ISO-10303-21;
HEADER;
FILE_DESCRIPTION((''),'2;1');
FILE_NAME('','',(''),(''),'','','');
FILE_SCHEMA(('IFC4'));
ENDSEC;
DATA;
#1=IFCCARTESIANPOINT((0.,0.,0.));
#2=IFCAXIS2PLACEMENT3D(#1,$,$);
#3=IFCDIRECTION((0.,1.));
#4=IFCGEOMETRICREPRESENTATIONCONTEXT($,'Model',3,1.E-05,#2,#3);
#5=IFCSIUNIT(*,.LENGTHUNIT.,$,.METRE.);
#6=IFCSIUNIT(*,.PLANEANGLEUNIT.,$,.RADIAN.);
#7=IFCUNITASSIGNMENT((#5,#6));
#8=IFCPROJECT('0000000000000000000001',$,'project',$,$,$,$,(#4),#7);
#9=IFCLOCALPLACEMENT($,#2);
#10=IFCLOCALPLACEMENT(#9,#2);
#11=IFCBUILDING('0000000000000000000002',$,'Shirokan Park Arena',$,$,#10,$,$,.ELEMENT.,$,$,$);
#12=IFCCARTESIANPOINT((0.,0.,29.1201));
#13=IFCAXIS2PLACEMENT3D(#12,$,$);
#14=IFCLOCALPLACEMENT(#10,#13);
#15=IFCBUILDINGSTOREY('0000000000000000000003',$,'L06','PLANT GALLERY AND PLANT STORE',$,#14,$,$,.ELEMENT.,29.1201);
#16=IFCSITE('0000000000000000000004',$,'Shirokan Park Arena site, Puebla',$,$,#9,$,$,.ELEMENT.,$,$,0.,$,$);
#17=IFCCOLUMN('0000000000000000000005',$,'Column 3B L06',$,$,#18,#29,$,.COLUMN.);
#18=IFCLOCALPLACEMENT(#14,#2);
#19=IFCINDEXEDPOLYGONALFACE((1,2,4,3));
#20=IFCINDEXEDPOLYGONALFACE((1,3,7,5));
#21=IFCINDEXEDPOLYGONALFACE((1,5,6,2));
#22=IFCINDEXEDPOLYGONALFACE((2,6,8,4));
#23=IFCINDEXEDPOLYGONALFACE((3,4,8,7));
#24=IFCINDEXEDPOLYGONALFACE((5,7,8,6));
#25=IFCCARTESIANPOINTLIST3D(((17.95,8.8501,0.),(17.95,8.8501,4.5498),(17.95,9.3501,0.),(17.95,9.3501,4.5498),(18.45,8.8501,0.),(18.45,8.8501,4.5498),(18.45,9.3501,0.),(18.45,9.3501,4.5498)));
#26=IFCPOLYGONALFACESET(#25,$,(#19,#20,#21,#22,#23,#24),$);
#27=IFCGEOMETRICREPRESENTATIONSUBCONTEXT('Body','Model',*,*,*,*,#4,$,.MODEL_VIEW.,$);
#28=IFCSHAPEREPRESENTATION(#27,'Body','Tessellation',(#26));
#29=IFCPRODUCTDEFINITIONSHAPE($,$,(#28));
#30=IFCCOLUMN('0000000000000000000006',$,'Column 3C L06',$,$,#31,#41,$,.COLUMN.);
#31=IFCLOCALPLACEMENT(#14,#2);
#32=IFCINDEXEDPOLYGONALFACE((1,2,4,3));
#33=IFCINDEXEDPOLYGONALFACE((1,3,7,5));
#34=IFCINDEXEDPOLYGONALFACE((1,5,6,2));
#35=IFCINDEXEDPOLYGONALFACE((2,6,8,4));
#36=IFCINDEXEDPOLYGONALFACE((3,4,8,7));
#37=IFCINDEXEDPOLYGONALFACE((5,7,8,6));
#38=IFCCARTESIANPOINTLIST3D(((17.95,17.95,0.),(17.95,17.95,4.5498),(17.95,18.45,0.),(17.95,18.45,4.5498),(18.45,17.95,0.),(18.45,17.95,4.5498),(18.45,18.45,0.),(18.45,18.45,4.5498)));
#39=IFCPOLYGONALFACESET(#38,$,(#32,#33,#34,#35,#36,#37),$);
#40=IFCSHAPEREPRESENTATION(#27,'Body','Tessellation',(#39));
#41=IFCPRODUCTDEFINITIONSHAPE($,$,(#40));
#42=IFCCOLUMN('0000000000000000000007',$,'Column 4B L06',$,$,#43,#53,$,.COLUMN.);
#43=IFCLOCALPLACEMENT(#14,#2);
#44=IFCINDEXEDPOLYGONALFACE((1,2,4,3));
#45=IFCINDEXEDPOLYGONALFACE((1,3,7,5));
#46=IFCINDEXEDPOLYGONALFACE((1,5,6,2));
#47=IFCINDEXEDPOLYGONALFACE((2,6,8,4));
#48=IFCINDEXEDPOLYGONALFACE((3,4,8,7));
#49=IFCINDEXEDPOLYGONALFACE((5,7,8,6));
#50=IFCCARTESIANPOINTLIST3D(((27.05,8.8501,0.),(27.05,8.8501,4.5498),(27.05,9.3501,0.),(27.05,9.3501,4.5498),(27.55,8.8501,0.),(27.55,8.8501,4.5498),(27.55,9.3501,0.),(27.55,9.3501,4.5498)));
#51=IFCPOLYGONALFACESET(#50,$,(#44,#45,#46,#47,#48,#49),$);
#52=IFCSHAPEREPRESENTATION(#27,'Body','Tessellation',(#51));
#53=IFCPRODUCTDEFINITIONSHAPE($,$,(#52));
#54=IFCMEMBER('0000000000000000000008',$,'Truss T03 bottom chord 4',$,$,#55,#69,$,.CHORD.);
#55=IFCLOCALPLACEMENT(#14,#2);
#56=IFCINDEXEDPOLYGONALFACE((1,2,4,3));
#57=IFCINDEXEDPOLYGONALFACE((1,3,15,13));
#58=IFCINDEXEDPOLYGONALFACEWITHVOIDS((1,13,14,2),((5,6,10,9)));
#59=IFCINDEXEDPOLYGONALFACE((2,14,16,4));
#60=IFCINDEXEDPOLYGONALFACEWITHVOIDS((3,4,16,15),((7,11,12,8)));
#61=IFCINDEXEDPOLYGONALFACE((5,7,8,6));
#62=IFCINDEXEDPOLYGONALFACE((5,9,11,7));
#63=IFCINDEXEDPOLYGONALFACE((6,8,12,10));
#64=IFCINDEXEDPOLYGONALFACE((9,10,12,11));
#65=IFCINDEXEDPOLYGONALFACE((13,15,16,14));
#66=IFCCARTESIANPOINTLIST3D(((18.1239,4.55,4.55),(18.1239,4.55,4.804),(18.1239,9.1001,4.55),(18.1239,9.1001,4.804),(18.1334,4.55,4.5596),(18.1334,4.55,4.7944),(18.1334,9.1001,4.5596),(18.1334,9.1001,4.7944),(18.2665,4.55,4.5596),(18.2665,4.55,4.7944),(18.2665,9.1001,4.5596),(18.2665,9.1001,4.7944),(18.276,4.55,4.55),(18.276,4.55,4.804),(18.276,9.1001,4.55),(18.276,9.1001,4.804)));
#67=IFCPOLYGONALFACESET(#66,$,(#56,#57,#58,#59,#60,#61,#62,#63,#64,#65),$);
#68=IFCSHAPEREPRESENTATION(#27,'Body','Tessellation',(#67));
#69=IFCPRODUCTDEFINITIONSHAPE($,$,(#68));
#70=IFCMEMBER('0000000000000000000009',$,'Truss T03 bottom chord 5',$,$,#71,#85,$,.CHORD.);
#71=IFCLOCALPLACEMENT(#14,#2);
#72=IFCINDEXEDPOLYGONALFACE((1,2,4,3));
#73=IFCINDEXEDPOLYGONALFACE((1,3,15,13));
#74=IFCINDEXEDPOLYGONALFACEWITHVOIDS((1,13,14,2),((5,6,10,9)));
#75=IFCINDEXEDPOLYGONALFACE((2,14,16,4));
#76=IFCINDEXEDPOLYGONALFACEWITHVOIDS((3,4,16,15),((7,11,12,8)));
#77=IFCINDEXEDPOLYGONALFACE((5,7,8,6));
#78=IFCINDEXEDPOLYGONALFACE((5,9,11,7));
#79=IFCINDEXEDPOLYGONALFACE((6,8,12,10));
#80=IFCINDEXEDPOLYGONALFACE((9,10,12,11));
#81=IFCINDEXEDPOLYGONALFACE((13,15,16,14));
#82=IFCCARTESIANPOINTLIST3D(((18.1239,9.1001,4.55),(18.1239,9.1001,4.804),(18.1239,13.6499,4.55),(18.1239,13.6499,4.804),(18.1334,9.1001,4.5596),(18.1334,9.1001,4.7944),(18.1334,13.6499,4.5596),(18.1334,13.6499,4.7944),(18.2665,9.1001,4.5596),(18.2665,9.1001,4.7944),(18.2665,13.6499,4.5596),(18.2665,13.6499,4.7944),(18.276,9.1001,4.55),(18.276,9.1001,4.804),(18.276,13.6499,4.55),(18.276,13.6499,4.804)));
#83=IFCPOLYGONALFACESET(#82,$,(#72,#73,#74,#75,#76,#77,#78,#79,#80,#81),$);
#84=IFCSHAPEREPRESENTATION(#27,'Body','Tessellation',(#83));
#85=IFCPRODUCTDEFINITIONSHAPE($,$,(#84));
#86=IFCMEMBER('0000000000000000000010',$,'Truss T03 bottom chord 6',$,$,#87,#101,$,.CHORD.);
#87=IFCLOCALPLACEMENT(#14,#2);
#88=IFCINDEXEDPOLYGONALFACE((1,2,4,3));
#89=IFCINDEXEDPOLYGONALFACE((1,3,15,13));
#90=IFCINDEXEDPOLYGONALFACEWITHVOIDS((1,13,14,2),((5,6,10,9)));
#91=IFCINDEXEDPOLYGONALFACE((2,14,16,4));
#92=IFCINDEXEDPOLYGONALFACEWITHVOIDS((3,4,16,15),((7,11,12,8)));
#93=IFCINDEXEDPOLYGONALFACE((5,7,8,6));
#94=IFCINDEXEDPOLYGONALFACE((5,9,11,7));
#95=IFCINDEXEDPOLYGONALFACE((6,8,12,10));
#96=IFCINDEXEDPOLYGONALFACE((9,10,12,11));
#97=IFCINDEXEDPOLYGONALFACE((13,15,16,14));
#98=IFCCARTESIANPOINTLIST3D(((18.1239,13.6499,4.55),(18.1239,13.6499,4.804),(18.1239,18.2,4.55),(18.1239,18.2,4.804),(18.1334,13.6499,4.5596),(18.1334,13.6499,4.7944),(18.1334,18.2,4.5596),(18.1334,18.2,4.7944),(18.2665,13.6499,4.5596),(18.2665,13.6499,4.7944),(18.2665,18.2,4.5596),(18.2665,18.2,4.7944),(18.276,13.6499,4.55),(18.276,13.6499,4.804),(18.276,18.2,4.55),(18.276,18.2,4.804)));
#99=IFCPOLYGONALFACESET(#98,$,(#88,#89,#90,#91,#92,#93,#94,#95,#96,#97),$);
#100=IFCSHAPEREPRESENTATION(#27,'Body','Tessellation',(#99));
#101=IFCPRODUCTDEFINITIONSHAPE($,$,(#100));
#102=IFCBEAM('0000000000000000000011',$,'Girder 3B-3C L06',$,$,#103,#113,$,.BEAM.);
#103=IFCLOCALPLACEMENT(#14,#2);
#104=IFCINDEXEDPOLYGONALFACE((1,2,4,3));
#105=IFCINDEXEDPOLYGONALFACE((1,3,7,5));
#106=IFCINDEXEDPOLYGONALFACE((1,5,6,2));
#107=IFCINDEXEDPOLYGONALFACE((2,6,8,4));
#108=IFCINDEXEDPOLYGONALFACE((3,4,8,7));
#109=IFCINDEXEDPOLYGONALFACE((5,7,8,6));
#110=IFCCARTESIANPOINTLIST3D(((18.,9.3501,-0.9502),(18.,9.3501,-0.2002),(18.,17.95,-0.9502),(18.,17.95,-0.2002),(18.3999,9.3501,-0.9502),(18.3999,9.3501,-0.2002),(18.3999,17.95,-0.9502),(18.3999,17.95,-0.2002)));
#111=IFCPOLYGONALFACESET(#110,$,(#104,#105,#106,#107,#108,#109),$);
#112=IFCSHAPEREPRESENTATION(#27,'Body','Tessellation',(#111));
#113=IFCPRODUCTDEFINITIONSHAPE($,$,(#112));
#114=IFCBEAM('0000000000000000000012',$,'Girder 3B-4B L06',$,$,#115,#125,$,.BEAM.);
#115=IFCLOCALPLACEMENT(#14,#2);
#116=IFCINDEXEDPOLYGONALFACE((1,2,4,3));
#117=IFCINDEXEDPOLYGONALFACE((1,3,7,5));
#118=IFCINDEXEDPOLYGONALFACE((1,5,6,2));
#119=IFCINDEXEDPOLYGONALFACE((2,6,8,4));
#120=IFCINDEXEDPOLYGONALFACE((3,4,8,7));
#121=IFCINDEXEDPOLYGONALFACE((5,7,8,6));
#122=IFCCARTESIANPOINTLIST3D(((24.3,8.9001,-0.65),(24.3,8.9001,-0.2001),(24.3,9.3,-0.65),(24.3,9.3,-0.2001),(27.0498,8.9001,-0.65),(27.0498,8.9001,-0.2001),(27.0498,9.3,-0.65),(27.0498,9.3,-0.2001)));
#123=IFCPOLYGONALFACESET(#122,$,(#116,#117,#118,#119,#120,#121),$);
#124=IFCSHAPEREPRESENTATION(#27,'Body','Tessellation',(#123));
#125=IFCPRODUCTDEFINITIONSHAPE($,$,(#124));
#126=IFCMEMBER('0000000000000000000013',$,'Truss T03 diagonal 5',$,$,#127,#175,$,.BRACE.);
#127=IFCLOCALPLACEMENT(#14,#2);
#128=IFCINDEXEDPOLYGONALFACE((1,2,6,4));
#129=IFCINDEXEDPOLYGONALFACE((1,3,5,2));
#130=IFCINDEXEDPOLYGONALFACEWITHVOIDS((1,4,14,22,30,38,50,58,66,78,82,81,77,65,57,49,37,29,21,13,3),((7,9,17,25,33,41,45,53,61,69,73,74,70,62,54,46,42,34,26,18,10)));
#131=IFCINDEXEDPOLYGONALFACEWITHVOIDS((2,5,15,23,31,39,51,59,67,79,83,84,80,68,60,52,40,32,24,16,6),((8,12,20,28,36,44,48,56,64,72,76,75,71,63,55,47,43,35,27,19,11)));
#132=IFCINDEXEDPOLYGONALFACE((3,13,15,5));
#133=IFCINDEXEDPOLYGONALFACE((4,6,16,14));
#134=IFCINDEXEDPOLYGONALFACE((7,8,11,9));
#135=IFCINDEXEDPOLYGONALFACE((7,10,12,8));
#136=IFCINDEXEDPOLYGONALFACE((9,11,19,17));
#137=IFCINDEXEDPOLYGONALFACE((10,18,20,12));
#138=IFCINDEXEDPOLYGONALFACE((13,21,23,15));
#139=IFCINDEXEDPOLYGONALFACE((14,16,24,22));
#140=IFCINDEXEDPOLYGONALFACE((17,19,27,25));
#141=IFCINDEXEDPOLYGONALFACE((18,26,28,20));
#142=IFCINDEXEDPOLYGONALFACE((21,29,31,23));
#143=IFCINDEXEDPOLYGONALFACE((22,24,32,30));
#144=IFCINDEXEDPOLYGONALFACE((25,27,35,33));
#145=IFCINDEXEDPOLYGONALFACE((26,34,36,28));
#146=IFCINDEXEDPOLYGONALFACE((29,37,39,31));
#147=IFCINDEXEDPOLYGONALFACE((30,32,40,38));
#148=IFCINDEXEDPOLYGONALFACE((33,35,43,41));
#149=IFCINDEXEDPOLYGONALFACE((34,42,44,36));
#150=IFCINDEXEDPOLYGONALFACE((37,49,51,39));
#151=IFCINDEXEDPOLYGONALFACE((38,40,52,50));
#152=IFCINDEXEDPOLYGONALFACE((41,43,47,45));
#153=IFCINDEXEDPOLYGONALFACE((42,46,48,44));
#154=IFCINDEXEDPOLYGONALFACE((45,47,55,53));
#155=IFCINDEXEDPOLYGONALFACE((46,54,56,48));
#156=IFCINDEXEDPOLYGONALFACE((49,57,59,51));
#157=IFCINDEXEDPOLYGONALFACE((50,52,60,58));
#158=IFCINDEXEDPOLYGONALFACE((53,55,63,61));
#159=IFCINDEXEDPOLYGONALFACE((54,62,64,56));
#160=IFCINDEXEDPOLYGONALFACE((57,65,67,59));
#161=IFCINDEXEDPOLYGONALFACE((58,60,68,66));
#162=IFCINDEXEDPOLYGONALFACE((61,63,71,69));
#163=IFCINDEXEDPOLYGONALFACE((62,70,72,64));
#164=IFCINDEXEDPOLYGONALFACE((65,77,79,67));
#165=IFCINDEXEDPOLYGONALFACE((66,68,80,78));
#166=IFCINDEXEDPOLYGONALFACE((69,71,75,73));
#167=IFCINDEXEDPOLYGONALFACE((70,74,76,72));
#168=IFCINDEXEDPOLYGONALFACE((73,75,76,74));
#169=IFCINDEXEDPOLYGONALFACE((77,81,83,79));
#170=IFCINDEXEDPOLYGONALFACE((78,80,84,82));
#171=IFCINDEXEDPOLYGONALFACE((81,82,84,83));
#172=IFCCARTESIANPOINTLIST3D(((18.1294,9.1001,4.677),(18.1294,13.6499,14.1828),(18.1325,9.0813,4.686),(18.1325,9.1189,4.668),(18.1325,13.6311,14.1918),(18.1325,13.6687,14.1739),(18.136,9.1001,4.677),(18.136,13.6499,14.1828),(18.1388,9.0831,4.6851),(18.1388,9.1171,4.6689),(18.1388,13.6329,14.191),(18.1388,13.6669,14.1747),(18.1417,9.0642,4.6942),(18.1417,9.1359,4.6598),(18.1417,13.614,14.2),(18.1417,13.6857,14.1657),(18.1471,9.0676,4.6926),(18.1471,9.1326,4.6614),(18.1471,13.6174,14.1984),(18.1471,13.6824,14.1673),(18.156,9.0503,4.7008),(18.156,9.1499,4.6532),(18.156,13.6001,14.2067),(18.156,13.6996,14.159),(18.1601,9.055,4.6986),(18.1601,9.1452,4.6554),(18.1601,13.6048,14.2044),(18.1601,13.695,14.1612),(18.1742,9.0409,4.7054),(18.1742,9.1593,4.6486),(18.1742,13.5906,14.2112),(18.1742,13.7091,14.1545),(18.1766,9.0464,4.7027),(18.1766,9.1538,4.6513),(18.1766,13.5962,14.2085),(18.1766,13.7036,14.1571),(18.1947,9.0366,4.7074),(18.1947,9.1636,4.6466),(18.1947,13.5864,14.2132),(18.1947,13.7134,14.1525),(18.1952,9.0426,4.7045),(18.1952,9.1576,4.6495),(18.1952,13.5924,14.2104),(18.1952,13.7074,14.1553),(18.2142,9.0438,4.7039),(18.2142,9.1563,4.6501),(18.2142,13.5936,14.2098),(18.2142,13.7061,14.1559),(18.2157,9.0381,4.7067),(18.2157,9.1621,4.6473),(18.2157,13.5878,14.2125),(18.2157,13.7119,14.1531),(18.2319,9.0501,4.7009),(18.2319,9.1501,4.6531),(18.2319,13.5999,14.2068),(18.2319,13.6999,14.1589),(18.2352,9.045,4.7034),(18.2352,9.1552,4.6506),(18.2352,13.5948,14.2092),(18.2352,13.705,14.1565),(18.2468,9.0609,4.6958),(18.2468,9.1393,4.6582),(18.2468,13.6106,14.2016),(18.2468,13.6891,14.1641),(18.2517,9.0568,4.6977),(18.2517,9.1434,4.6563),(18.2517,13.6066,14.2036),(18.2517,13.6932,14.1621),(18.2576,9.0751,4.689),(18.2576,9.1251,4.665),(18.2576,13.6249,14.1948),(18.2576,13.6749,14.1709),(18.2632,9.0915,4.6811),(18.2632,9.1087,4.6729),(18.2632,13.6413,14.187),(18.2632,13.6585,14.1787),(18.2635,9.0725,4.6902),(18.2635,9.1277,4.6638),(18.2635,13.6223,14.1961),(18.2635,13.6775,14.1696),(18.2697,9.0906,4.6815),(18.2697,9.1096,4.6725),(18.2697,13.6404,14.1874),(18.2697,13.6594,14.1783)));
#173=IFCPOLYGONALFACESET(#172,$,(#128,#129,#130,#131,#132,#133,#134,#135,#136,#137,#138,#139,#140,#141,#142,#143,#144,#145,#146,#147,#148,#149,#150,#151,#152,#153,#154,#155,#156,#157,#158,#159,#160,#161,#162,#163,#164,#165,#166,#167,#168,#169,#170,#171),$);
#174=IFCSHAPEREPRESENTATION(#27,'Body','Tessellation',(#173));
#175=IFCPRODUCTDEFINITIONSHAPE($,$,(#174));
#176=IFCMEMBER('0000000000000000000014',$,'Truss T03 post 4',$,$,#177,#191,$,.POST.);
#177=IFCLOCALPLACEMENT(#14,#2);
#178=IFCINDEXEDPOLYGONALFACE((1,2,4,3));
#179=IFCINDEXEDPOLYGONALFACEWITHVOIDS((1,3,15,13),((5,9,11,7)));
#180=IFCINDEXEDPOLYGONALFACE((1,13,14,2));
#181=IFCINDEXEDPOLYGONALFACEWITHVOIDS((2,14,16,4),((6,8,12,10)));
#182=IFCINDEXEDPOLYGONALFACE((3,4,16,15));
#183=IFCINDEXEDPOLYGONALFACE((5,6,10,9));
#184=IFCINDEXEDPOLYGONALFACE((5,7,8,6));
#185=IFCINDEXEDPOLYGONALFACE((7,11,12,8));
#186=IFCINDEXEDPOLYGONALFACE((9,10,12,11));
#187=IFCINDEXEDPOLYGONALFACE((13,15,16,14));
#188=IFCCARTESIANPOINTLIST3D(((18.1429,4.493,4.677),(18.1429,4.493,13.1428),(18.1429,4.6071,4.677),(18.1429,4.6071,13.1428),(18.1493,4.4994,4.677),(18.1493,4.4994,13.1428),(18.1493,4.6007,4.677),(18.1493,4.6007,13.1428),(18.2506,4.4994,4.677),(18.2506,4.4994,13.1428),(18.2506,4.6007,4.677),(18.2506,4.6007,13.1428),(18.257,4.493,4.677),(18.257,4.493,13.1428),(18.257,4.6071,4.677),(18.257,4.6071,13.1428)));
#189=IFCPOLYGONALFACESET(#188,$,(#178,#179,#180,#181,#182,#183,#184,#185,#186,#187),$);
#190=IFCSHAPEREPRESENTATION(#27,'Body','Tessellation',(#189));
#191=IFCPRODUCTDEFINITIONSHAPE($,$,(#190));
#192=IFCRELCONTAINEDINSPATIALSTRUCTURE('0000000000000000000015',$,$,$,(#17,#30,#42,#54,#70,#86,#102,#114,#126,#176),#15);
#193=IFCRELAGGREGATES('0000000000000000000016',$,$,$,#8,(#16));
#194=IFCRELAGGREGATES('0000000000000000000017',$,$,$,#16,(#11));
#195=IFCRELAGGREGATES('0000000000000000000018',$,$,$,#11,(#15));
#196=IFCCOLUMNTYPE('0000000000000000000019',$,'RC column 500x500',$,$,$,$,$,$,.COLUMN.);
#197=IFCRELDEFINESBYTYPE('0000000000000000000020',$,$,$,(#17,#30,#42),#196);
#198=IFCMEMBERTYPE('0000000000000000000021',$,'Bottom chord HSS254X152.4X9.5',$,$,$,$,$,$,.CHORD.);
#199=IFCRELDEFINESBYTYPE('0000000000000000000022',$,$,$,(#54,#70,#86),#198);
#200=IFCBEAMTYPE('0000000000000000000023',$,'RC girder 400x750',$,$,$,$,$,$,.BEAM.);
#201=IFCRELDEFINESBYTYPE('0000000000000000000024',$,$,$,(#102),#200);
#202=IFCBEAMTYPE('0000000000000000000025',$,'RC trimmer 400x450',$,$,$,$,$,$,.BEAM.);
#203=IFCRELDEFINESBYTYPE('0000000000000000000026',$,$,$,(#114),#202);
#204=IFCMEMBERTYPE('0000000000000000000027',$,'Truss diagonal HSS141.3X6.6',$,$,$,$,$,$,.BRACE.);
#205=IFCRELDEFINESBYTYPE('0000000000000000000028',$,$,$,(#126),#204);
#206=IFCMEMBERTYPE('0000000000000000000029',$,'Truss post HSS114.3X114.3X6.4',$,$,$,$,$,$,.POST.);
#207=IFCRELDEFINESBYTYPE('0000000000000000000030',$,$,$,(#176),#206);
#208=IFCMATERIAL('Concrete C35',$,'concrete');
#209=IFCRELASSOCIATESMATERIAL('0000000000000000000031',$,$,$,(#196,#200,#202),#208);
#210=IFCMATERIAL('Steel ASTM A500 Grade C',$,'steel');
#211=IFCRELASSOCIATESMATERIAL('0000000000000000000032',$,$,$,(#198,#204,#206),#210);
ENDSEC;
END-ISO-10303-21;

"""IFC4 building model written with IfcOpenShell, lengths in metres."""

from ifc_helpers import new_model, si_unit, direction, frame, origin, origin_2d, place, context, subcontext, project, spatial, rectangle, hollow_rectangle, hollow_circle, extrude, material, material_profile, profile_set, type_object, element, save


model = new_model("IFC4")

# Units and contexts
model_context = context("Model", 3, precision=1e-05, world=origin(), true_north=direction((0.0, 1.0)))
body_context = subcontext(model_context, "Body", "Model", "MODEL_VIEW")
ifc_project = project(units=[si_unit("LENGTHUNIT", "METRE"), si_unit("PLANEANGLEUNIT", "RADIAN")], contexts=[model_context])

# Site, building, storey
site_placement = place(None, origin())
site = spatial("IfcSite", under=ifc_project, at=site_placement, Name="Shirokan Park Arena site, Puebla", CompositionType="ELEMENT", RefElevation=0.0)
building_placement = place(site_placement, origin())
building = spatial("IfcBuilding", under=site, at=building_placement, Name="Shirokan Park Arena", CompositionType="ELEMENT")
storey_placement = place(building_placement, frame((0.0, 0.0, 29.1201)))
storey = spatial("IfcBuildingStorey", under=building, at=storey_placement, Name="L06", Description="PLANT GALLERY AND PLANT STORE", CompositionType="ELEMENT", Elevation=29.1201)

# Columns
ifc_material_1 = material(Name="Concrete C35", Category="concrete")
ifc_material_profile_1 = material_profile(ifc_material_1, rectangle(XDim=0.5, YDim=0.5, at=origin_2d()), Name="500x500")
ifc_profile_set_1 = profile_set([ifc_material_profile_1], Name="Concrete C35")
column_type = type_object("IfcColumnType", Name="RC column 500x500", PredefinedType="COLUMN", material=ifc_profile_set_1)
for number, where, z_axis, x_axis, name in (
    (1, (18.2, 9.1001, 0.0), (0.0, 0.0, 1.0), (1.0, 0.0, 0.0), "Column 3B L06"),
    (2, (18.2, 18.2, 0.0), (0.0, 0.0, 1.0), (1.0, 0.0, 0.0), "Column 3C L06"),
    (3, (27.3, 9.1001, 0.0), (0.0, 0.0, 1.0), (1.0, 0.0, 0.0), "Column 4B L06"),
):
    element("IfcColumn", number, at=place(storey_placement, frame(where, z_axis=z_axis, x_axis=x_axis)), inside=storey, type_object=column_type, Name=name, PredefinedType="COLUMN", context=body_context, shape_type="SweptSolid", body=[
        extrude(rectangle(XDim=0.5, YDim=0.5, at=origin_2d()), origin(), (0.0, 0.0, 1.0), 4.5498),
    ])

# Members
ifc_material_2 = material(Name="Steel ASTM A500 Grade C", Category="steel")
ifc_material_profile_2 = material_profile(ifc_material_2, hollow_rectangle(XDim=0.1521, YDim=0.2539, WallThickness=0.0095, at=origin_2d()), Name="HSS254X152.4X9.5")
ifc_profile_set_2 = profile_set([ifc_material_profile_2], Name="Steel ASTM A500 Grade C")
member_type_1 = type_object("IfcMemberType", Name="Bottom chord HSS254X152.4X9.5", PredefinedType="CHORD", material=ifc_profile_set_2)
member_1_placement = place(storey_placement, frame((18.2, 4.55, 4.677), z_axis=(0.0, 1.0, 0.0), x_axis=(-1.0, 0.0, 0.0)))
element("IfcMember", 4, at=member_1_placement, inside=storey, type_object=member_type_1, Name="Truss T03 bottom chord 4", PredefinedType="CHORD", context=body_context, shape_type="SweptSolid", body=[
    extrude(hollow_rectangle(XDim=0.1521, YDim=0.2539, WallThickness=0.0095, at=origin_2d()), origin(), (0.0, 0.0, 1.0), 4.55),
])
member_2_placement = place(storey_placement, frame((18.2, 9.1001, 4.677), z_axis=(0.0, 1.0, 0.0), x_axis=(-1.0, 0.0, 0.0)))
element("IfcMember", 5, at=member_2_placement, inside=storey, type_object=member_type_1, Name="Truss T03 bottom chord 5", PredefinedType="CHORD", context=body_context, shape_type="SweptSolid", body=[
    extrude(hollow_rectangle(XDim=0.1521, YDim=0.2539, WallThickness=0.0095, at=origin_2d()), origin(), (0.0, 0.0, 1.0), 4.5498),
])
member_3_placement = place(storey_placement, frame((18.2, 13.6499, 4.677), z_axis=(0.0, 1.0, 0.0), x_axis=(-1.0, 0.0, 0.0)))
element("IfcMember", 6, at=member_3_placement, inside=storey, type_object=member_type_1, Name="Truss T03 bottom chord 6", PredefinedType="CHORD", context=body_context, shape_type="SweptSolid", body=[
    extrude(hollow_rectangle(XDim=0.1521, YDim=0.2539, WallThickness=0.0095, at=origin_2d()), origin(), (0.0, 0.0, 1.0), 4.55),
])

# Beams
ifc_material_profile_3 = material_profile(ifc_material_1, rectangle(XDim=0.3999, YDim=0.75, at=origin_2d()), Name="400x750")
ifc_profile_set_3 = profile_set([ifc_material_profile_3], Name="Concrete C35")
beam_type_1 = type_object("IfcBeamType", Name="RC girder 400x750", PredefinedType="BEAM", material=ifc_profile_set_3)
beam_1_placement = place(storey_placement, frame((18.2, 9.3501, -0.5752), z_axis=(0.0, 1.0, 0.0), x_axis=(-1.0, 0.0, 0.0)))
element("IfcBeam", 7, at=beam_1_placement, inside=storey, type_object=beam_type_1, Name="Girder 3B-3C L06", PredefinedType="BEAM", context=body_context, shape_type="SweptSolid", body=[
    extrude(rectangle(XDim=0.3999, YDim=0.75, at=origin_2d()), origin(), (0.0, 0.0, 1.0), 8.5999),
])
ifc_material_profile_4 = material_profile(ifc_material_1, rectangle(XDim=0.3999, YDim=0.45, at=origin_2d()), Name="400x450")
ifc_profile_set_4 = profile_set([ifc_material_profile_4], Name="Concrete C35")
beam_type_2 = type_object("IfcBeamType", Name="RC trimmer 400x450", PredefinedType="BEAM", material=ifc_profile_set_4)
beam_2_placement = place(storey_placement, frame((24.3, 9.1001, -0.425), z_axis=(1.0, 0.0, 0.0), x_axis=(0.0, 1.0, 0.0)))
element("IfcBeam", 8, at=beam_2_placement, inside=storey, type_object=beam_type_2, Name="Girder 3B-4B L06", PredefinedType="BEAM", context=body_context, shape_type="SweptSolid", body=[
    extrude(rectangle(XDim=0.3999, YDim=0.45, at=origin_2d()), origin(), (0.0, 0.0, 1.0), 2.7498),
])

# Members
ifc_material_profile_5 = material_profile(ifc_material_2, hollow_circle(Radius=0.0706, WallThickness=0.0066, at=origin_2d()), Name="HSS141.3X6.6")
ifc_profile_set_5 = profile_set([ifc_material_profile_5], Name="Steel ASTM A500 Grade C")
member_type_2 = type_object("IfcMemberType", Name="Truss diagonal HSS141.3X6.6", PredefinedType="BRACE", material=ifc_profile_set_5)
member_4_placement = place(storey_placement, frame((18.2, 9.1001, 4.677), z_axis=(0.0, 0.431728, 0.902004), x_axis=(-1.0, 0.0, 0.0)))
element("IfcMember", 9, at=member_4_placement, inside=storey, type_object=member_type_2, Name="Truss T03 diagonal 5", PredefinedType="BRACE", context=body_context, shape_type="SweptSolid", body=[
    extrude(hollow_circle(Radius=0.0706, WallThickness=0.0066, at=origin_2d()), origin(), (0.0, 0.0, 1.0), 10.5386),
])
ifc_material_profile_6 = material_profile(ifc_material_2, hollow_rectangle(XDim=0.114, YDim=0.114, WallThickness=0.0063, at=origin_2d()), Name="HSS114.3X114.3X6.4")
ifc_profile_set_6 = profile_set([ifc_material_profile_6], Name="Steel ASTM A500 Grade C")
member_type_3 = type_object("IfcMemberType", Name="Truss post HSS114.3X114.3X6.4", PredefinedType="POST", material=ifc_profile_set_6)
member_5_placement = place(storey_placement, frame((18.2, 4.55, 4.677), z_axis=(0.0, 0.0, 1.0), x_axis=(1.0, 0.0, 0.0)))
element("IfcMember", 10, at=member_5_placement, inside=storey, type_object=member_type_3, Name="Truss T03 post 4", PredefinedType="POST", context=body_context, shape_type="SweptSolid", body=[
    extrude(hollow_rectangle(XDim=0.114, YDim=0.114, WallThickness=0.0063, at=origin_2d()), origin(), (0.0, 0.0, 1.0), 8.4658),
])

save(model, "model.ifc")
